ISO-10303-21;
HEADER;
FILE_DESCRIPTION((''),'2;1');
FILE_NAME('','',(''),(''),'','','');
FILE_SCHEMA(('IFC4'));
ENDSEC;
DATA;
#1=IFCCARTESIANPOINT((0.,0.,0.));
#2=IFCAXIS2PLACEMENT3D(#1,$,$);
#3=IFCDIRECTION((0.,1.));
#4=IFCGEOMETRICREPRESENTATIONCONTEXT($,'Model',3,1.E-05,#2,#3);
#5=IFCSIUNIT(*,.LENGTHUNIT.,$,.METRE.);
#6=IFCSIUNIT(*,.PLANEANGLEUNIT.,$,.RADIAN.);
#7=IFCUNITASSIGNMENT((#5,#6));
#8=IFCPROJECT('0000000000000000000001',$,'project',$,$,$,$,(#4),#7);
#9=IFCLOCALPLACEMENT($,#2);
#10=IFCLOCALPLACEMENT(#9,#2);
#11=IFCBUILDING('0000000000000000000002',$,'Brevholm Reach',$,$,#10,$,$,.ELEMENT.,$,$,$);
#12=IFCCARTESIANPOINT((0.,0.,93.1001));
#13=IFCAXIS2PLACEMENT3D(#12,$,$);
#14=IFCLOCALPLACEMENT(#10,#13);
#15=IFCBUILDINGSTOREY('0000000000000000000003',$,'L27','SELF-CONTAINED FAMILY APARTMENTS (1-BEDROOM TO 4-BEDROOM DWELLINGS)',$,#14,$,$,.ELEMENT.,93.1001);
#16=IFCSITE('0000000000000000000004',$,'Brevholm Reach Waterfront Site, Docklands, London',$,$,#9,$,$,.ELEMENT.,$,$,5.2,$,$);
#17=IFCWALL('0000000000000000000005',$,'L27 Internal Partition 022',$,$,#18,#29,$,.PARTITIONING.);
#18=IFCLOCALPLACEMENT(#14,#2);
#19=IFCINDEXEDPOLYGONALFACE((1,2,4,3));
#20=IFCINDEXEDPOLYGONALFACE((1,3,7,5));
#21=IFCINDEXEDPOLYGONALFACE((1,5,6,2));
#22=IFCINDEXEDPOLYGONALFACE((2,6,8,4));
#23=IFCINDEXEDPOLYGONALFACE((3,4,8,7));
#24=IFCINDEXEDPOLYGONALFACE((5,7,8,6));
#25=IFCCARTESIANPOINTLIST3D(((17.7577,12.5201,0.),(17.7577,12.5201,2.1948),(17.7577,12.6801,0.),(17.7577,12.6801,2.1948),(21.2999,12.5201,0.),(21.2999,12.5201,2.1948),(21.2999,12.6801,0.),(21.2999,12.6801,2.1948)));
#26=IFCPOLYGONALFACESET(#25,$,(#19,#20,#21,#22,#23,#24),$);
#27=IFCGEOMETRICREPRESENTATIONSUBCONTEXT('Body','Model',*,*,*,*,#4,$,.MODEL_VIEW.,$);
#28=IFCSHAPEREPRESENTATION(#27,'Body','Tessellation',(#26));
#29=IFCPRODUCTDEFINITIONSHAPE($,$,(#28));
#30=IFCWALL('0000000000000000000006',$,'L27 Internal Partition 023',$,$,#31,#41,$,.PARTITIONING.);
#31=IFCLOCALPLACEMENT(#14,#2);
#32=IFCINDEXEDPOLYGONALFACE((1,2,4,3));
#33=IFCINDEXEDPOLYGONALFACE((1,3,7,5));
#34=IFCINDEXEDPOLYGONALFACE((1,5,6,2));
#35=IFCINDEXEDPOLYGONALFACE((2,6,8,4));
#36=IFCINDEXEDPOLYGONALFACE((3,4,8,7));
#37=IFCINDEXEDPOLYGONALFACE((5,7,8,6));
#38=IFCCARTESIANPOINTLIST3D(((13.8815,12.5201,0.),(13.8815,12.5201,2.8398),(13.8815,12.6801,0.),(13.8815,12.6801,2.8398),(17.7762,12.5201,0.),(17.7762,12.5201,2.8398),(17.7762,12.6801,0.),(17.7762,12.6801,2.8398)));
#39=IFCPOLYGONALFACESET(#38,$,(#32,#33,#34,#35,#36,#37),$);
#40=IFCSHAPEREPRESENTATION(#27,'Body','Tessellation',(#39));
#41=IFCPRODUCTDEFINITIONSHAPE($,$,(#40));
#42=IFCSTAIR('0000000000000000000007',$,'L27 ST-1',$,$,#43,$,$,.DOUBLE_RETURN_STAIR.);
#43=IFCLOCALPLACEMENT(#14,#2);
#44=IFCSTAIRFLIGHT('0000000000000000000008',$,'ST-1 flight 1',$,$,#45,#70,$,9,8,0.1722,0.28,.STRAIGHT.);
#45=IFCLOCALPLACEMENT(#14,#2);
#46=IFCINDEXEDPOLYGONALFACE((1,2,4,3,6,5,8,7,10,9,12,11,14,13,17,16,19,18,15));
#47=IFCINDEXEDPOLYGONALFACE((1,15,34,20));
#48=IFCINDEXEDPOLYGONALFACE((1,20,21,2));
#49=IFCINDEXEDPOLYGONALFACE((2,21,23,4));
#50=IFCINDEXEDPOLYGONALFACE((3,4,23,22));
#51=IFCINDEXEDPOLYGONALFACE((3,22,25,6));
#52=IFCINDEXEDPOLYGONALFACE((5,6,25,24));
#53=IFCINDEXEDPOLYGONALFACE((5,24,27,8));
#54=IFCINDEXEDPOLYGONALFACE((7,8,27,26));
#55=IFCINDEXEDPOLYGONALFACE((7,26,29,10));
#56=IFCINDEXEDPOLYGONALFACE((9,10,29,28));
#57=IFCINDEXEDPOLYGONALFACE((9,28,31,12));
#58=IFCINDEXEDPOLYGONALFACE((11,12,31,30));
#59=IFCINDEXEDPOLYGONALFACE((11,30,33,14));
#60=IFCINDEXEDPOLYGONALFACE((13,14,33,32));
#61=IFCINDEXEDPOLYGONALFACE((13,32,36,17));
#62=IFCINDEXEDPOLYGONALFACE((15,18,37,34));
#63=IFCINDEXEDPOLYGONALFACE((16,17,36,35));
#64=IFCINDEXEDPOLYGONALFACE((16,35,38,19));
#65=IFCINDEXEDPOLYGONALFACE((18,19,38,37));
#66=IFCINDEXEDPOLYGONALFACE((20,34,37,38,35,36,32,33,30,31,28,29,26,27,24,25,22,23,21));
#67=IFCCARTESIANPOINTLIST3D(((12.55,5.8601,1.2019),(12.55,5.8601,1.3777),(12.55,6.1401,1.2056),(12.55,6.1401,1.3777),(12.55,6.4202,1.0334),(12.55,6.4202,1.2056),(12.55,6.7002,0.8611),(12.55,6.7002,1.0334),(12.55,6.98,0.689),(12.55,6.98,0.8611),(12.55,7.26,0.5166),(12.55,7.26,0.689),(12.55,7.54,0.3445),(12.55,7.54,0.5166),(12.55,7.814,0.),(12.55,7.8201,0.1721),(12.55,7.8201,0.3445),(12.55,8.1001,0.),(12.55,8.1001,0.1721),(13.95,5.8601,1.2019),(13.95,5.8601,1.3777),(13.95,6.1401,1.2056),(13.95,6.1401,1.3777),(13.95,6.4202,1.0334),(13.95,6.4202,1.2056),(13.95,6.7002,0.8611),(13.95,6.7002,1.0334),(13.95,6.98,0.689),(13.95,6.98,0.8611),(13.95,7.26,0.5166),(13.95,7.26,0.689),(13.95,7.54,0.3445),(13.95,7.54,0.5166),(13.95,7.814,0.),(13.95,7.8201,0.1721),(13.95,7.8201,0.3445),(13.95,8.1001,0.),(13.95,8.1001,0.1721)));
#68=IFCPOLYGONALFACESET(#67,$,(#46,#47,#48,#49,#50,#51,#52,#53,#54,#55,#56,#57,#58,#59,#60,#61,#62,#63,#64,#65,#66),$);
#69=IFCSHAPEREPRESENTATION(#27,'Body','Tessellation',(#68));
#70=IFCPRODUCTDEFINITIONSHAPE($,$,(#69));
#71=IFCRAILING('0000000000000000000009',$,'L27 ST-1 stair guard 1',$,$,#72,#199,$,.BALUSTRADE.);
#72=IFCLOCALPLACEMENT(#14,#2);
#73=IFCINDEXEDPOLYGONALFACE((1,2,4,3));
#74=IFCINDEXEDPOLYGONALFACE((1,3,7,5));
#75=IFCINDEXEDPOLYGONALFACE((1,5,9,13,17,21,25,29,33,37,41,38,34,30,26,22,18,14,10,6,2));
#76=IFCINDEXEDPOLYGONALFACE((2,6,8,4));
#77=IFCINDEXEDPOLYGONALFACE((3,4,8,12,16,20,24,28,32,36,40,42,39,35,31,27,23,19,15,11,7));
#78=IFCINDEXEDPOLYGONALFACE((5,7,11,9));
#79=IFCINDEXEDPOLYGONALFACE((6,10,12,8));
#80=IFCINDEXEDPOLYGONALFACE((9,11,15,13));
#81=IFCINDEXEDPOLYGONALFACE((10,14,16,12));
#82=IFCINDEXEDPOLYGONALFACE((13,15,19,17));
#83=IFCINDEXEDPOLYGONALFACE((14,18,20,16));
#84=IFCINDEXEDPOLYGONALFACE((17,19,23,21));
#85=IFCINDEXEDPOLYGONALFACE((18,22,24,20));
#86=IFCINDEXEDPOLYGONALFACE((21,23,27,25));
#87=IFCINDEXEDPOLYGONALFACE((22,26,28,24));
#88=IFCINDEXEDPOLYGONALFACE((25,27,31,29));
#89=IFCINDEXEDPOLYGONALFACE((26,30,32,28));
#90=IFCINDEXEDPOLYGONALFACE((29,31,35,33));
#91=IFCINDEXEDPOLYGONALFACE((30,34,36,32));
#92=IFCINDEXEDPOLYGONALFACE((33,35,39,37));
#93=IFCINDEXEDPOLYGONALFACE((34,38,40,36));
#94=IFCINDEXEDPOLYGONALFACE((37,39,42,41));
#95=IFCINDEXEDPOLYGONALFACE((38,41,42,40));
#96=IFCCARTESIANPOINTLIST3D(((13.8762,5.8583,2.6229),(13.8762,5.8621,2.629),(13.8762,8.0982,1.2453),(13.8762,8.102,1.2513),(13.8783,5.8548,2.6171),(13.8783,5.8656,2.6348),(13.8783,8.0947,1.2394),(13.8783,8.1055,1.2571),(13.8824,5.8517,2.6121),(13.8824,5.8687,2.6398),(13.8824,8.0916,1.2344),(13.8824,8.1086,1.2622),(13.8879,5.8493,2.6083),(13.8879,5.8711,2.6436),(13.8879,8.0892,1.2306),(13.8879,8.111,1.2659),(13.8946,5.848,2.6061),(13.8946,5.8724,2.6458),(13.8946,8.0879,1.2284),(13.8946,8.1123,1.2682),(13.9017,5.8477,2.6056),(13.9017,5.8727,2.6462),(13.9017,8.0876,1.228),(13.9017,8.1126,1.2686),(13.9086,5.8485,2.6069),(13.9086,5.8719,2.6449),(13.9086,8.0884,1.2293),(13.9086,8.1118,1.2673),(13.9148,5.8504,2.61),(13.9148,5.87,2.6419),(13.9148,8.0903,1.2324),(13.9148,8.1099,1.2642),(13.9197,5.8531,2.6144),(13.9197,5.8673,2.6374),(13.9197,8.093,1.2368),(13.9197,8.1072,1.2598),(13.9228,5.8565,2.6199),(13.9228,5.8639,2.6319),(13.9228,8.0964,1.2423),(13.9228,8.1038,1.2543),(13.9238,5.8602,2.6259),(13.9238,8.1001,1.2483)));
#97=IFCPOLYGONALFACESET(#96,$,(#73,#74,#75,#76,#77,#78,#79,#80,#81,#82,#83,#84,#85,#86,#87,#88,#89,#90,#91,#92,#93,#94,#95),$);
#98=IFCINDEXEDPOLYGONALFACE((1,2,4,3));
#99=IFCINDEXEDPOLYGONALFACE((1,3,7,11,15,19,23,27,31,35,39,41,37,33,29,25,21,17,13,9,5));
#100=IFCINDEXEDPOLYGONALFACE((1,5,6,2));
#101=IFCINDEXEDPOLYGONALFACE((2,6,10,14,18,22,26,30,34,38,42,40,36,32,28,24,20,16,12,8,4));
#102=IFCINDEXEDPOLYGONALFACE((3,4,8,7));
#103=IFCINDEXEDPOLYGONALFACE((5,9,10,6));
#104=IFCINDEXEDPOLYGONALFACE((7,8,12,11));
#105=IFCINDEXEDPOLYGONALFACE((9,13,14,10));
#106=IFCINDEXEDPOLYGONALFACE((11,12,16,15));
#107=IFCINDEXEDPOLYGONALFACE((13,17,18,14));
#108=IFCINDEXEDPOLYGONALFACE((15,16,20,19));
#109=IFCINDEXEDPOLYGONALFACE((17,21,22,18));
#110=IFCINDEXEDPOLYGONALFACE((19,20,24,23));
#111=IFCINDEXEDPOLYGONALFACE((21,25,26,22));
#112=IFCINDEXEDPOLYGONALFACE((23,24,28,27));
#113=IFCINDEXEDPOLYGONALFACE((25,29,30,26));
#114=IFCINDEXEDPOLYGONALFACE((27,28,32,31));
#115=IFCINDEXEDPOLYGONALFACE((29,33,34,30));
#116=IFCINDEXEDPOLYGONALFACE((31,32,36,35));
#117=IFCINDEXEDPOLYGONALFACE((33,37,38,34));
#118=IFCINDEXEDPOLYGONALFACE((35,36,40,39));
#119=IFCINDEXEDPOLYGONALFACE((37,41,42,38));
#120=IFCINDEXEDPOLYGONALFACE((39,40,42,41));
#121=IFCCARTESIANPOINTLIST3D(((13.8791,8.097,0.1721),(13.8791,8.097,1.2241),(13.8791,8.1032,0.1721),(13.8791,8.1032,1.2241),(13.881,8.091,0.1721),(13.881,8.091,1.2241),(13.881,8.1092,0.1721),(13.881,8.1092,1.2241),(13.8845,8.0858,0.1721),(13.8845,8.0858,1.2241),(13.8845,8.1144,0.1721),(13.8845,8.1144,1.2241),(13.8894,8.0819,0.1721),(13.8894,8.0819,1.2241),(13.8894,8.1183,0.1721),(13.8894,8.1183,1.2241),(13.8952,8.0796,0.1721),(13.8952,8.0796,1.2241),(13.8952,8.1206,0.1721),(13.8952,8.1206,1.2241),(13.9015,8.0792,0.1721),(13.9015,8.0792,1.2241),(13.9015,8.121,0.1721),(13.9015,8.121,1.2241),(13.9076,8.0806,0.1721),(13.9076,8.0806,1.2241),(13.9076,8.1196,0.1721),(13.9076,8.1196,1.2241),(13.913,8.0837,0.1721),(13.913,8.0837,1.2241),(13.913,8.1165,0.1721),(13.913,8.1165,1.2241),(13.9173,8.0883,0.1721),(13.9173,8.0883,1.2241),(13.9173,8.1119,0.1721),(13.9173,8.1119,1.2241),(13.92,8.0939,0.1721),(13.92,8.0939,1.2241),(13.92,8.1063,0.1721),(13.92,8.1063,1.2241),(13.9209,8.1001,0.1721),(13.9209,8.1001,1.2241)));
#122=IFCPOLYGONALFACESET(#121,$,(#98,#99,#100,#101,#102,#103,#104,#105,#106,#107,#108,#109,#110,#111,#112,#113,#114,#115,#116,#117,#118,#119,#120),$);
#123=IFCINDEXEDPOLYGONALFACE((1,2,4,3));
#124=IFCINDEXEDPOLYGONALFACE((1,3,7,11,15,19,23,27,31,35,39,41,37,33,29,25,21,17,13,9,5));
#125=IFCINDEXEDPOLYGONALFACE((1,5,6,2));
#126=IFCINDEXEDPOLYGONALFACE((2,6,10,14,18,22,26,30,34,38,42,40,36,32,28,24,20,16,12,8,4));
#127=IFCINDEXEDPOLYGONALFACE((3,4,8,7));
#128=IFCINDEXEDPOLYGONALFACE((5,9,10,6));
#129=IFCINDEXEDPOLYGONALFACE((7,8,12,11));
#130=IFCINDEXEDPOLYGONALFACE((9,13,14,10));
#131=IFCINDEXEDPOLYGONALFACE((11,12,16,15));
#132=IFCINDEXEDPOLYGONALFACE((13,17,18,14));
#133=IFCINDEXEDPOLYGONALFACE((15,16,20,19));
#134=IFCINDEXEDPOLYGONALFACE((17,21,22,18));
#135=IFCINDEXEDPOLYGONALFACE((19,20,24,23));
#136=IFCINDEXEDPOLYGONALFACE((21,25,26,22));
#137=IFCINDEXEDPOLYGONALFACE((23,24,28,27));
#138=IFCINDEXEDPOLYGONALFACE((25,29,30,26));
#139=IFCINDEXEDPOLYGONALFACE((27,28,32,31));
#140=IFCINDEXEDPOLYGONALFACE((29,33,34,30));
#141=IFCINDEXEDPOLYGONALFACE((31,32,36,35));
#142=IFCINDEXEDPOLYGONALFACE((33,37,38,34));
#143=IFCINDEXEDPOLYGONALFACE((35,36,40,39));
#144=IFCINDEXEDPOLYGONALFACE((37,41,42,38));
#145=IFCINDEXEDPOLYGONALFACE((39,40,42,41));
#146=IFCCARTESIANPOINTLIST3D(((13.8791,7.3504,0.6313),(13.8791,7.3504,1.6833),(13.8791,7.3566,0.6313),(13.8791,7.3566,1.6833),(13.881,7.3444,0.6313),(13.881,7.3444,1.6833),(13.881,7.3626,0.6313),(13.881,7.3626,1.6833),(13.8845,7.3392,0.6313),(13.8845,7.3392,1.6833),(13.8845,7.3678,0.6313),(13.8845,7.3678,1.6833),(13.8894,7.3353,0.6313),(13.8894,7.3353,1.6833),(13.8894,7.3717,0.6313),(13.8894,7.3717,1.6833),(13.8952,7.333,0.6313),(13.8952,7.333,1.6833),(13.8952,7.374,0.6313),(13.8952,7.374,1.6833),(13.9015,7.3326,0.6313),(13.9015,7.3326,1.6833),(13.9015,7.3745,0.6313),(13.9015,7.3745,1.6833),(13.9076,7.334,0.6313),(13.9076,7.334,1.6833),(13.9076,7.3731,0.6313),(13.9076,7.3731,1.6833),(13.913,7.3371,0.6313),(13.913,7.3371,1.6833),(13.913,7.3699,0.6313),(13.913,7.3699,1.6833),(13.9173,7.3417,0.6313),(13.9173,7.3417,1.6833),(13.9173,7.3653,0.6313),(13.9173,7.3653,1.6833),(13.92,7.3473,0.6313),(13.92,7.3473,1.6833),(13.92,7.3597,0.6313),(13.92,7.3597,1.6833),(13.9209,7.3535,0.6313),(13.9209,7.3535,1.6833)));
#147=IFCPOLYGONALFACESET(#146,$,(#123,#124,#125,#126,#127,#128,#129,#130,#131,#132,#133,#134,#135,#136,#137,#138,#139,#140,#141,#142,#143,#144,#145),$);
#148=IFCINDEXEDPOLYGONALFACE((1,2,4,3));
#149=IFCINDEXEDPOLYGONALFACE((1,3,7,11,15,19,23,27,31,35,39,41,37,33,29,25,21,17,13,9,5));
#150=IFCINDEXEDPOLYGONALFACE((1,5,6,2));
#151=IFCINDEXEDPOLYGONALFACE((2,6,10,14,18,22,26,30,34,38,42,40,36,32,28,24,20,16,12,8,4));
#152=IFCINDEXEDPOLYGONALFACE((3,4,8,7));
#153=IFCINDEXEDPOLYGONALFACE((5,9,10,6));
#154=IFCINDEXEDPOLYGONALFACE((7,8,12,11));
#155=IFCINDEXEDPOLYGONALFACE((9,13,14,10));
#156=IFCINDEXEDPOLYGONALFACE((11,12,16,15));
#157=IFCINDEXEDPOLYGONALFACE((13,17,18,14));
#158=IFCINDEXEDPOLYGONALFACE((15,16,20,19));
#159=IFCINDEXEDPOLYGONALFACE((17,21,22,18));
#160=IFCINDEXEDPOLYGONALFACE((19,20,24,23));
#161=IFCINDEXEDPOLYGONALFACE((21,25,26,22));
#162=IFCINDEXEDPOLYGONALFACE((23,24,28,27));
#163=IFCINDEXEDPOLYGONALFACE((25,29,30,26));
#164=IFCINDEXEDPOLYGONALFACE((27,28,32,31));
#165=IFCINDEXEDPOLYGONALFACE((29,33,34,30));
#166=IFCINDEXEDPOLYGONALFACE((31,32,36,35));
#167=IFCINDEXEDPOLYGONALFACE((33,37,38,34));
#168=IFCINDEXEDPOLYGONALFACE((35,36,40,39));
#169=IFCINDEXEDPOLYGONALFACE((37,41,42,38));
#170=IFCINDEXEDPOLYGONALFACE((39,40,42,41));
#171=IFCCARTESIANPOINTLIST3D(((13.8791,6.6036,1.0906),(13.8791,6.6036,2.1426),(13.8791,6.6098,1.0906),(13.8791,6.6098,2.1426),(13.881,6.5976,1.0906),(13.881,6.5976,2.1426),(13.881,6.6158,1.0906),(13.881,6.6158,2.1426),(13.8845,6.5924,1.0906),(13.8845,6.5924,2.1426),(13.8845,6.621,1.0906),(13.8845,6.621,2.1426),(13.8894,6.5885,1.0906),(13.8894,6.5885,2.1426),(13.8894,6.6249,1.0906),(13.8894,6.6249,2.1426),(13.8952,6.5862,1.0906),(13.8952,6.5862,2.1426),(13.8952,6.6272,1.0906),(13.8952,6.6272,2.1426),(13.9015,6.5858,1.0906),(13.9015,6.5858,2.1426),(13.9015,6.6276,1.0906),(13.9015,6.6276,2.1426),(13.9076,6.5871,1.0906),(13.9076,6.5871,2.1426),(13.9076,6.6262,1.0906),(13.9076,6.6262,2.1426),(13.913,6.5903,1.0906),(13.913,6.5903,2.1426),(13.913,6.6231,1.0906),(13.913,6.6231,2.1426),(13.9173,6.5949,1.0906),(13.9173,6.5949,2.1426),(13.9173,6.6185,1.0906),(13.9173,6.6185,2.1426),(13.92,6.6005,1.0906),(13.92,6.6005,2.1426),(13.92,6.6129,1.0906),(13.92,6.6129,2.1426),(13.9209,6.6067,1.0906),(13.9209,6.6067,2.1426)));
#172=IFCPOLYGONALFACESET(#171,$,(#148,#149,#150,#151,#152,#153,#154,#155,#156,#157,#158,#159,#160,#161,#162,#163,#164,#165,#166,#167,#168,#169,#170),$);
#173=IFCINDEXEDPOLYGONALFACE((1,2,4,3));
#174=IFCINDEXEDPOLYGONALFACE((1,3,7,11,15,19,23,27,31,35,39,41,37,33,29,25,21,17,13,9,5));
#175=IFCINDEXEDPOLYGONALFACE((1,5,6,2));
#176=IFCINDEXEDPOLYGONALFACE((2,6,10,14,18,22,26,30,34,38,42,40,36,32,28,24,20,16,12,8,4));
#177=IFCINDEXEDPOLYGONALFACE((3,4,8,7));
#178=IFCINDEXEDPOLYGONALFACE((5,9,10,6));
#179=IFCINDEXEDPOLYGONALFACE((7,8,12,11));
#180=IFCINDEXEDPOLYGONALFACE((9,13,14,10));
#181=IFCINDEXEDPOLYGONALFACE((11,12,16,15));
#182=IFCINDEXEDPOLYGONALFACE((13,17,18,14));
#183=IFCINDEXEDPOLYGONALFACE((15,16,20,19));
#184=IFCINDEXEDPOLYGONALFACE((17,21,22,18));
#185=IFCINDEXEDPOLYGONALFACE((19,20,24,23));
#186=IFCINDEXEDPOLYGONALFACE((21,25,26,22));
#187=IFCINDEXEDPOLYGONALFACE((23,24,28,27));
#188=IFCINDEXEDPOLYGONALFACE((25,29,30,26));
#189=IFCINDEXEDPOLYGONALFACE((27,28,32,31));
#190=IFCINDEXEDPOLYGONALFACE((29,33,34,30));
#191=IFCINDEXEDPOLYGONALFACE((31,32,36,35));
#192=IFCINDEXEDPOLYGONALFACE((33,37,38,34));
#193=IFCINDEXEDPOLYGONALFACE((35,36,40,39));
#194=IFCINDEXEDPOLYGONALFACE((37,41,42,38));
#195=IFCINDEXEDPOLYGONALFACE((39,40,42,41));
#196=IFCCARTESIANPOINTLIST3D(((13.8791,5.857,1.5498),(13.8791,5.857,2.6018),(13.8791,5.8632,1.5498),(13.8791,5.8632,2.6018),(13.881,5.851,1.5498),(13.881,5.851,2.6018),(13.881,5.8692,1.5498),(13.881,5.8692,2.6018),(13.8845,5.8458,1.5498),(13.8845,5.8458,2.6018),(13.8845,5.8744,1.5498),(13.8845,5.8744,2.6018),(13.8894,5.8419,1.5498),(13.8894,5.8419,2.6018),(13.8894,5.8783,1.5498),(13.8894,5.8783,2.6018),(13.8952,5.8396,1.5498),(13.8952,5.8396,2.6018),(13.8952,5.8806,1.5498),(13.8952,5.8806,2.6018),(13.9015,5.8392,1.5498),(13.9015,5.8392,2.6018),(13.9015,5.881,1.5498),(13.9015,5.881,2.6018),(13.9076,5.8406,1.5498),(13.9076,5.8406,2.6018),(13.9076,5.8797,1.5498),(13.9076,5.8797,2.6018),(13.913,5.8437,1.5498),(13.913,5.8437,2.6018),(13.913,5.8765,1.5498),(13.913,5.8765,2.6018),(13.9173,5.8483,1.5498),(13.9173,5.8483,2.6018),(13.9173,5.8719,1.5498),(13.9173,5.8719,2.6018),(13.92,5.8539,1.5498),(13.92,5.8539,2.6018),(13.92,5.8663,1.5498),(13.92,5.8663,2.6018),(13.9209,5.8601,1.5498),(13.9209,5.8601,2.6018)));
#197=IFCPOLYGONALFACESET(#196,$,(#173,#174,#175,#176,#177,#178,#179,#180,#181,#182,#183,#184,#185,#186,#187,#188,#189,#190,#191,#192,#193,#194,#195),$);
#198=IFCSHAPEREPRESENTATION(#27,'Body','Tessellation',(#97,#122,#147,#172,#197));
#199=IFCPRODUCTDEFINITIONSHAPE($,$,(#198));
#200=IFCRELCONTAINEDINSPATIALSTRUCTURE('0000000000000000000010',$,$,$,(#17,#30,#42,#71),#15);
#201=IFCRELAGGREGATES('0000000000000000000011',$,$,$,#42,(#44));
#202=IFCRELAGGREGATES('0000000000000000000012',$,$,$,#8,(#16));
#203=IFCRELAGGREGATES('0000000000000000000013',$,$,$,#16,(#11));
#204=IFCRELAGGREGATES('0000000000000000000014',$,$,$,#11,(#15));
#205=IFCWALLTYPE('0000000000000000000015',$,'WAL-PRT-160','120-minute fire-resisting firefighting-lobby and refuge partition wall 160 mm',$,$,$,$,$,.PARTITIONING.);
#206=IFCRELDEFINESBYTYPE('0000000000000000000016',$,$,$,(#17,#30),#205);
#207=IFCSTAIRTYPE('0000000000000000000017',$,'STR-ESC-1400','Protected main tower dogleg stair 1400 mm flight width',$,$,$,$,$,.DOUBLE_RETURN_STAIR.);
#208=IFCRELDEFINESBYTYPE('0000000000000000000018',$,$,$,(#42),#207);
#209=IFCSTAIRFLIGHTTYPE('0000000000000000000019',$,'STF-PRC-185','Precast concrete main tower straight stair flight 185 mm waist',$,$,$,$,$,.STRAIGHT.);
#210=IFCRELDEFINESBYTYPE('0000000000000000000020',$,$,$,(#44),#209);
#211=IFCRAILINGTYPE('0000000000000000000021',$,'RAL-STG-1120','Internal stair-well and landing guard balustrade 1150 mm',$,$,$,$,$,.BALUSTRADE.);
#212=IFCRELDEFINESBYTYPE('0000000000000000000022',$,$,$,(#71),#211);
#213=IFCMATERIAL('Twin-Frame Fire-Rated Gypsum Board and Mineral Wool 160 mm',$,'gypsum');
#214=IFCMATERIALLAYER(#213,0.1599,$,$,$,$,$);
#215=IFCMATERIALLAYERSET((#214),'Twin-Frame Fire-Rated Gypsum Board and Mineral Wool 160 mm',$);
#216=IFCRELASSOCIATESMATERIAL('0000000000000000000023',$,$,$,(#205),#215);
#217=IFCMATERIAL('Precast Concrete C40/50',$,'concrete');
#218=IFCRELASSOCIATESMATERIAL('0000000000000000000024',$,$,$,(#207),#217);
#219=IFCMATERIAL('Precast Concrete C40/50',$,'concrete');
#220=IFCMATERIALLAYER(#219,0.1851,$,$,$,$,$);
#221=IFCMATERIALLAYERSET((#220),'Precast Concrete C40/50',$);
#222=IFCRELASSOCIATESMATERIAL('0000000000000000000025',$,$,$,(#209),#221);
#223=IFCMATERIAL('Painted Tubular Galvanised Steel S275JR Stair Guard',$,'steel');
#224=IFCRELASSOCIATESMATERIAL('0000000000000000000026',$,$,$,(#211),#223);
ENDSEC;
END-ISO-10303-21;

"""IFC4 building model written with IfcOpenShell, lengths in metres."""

from ifc_helpers import new_model, si_unit, direction, frame, frame_2d, origin, origin_2d, place, context, subcontext, project, spatial, polyline, rectangle, circle, outline, extrude, material, layer, layer_set, type_object, element, aggregate, save


model = new_model("IFC4")

# Units and contexts
model_context = context("Model", 3, precision=1e-05, world=origin(), true_north=direction((0.0, 1.0)))
body_context = subcontext(model_context, "Body", "Model", "MODEL_VIEW")
ifc_project = project(units=[si_unit("LENGTHUNIT", "METRE"), si_unit("PLANEANGLEUNIT", "RADIAN")], contexts=[model_context])

# Site, building, storey
site_placement = place(None, origin())
site = spatial("IfcSite", under=ifc_project, at=site_placement, Name="Brevholm Reach Waterfront Site, Docklands, London", CompositionType="ELEMENT", RefElevation=5.2)
building_placement = place(site_placement, origin())
building = spatial("IfcBuilding", under=site, at=building_placement, Name="Brevholm Reach", CompositionType="ELEMENT")
storey_placement = place(building_placement, frame((0.0, 0.0, 93.1001)))
storey = spatial("IfcBuildingStorey", under=building, at=storey_placement, Name="L27", Description="SELF-CONTAINED FAMILY APARTMENTS (1-BEDROOM TO 4-BEDROOM DWELLINGS)", CompositionType="ELEMENT", Elevation=93.1001)

# Shared definitions
ifc_material_1 = material(Name="Twin-Frame Fire-Rated Gypsum Board and Mineral Wool 160 mm", Category="gypsum")
ifc_layer_1 = layer(ifc_material_1, 0.1599)
ifc_layer_set_1 = layer_set([ifc_layer_1], Name="Twin-Frame Fire-Rated Gypsum Board and Mineral Wool 160 mm")
wall_type_1 = type_object("IfcWallType", Name="WAL-PRT-160", Description="120-minute fire-resisting firefighting-lobby and refuge partition wall 160 mm", PredefinedType="PARTITIONING", material=ifc_layer_set_1)

# Walls
wall_1_placement = place(storey_placement, frame((17.7578, 12.6001, 0.0), z_axis=(0.0, 0.0, 1.0), x_axis=(1.0, 0.0, 0.0)))
element("IfcWall", 1, at=wall_1_placement, inside=storey, type_object=wall_type_1, Name="L27 Internal Partition 022", PredefinedType="PARTITIONING", context=body_context, shape_type="SweptSolid", body=[
    extrude(rectangle(XDim=3.5422, YDim=0.1599, at=frame_2d((1.771, 0.0))), origin(), (0.0, 0.0, 1.0), 2.1948),
])
wall_2_placement = place(storey_placement, frame((13.8816, 12.6001, 0.0), z_axis=(0.0, 0.0, 1.0), x_axis=(1.0, 0.0, 0.0)))
element("IfcWall", 2, at=wall_2_placement, inside=storey, type_object=wall_type_1, Name="L27 Internal Partition 023", PredefinedType="PARTITIONING", context=body_context, shape_type="SweptSolid", body=[
    extrude(rectangle(XDim=3.8948, YDim=0.1599, at=frame_2d((1.9473, 0.0))), origin(), (0.0, 0.0, 1.0), 2.8398),
])

# Stair, stair flight
ifc_material_2 = material(Name="Precast Concrete C40/50", Category="concrete")
stair_type = type_object("IfcStairType", Name="STR-ESC-1400", Description="Protected main tower dogleg stair 1400 mm flight width", PredefinedType="DOUBLE_RETURN_STAIR", material=ifc_material_2)
stair_placement = place(storey_placement, origin())
stair = element("IfcStair", 3, at=stair_placement, inside=storey, type_object=stair_type, Name="L27 ST-1", PredefinedType="DOUBLE_RETURN_STAIR")
ifc_material_3 = material(Name="Precast Concrete C40/50", Category="concrete")
ifc_layer_2 = layer(ifc_material_3, 0.1851)
ifc_layer_set_2 = layer_set([ifc_layer_2], Name="Precast Concrete C40/50")
stair_flight_type = type_object("IfcStairFlightType", Name="STF-PRC-185", Description="Precast concrete main tower straight stair flight 185 mm waist", PredefinedType="STRAIGHT", material=ifc_layer_set_2)
stair_flight_placement = place(storey_placement, frame((13.25, 8.1001, 0.0), z_axis=(0.0, 0.0, 1.0), x_axis=(0.0, -1.0, 0.0)))
stair_flight = element("IfcStairFlight", 4, at=stair_flight_placement, type_object=stair_flight_type, Name="ST-1 flight 1", NumberOfRisers=9, NumberOfTreads=8, PredefinedType="STRAIGHT", RiserHeight=0.1722, TreadLength=0.28, context=body_context, shape_type="SweptSolid", body=[
    extrude(outline(polyline([(0.0, 0.0), (0.0, 0.1721), (0.28, 0.1721), (0.28, 0.3445), (0.5601, 0.3445), (0.5601, 0.5166), (0.8401, 0.5166), (0.8401, 0.689), (1.1201, 0.689), (1.1201, 0.8611), (1.3999, 0.8611), (1.3999, 1.0334), (1.6799, 1.0334), (1.6799, 1.2056), (1.96, 1.2056), (1.96, 1.3777), (2.24, 1.3777), (2.24, 1.55), (2.24, 1.2019), (0.2861, 0.0), (0.0, 0.0)])), frame((0.0, 0.7, 0.0), z_axis=(0.0, -1.0, 0.0), x_axis=(1.0, 0.0, 0.0)), (0.0, 0.0, 1.0), 1.3999),
])
aggregate(stair, [stair_flight])

# Railing
ifc_material_4 = material(Name="Painted Tubular Galvanised Steel S275JR Stair Guard", Category="steel")
railing_type = type_object("IfcRailingType", Name="RAL-STG-1120", Description="Internal stair-well and landing guard balustrade 1150 mm", PredefinedType="BALUSTRADE", material=ifc_material_4)
railing_1_placement = place(storey_placement, frame((13.8999, 8.1001, 0.1721)))
element("IfcRailing", 5, at=railing_1_placement, inside=storey, type_object=railing_type, Name="L27 ST-1 stair guard 1", PredefinedType="BALUSTRADE", context=body_context, shape_type="SweptSolid", body=[
    extrude(circle(Radius=0.0239, at=origin_2d()), frame((0.0, 0.0, 1.0762), z_axis=(0.0, -0.851789, 0.523885), x_axis=(1.0, 0.0, 0.0)), (0.0, 0.0, 1.0), 2.6296),
    extrude(circle(Radius=0.021, at=origin_2d()), origin(), (0.0, 0.0, 1.0), 1.052),
    extrude(circle(Radius=0.021, at=origin_2d()), frame((0.0, -0.7466, 0.4592)), (0.0, 0.0, 1.0), 1.052),
    extrude(circle(Radius=0.021, at=origin_2d()), frame((0.0, -1.4934, 0.9185)), (0.0, 0.0, 1.0), 1.052),
    extrude(circle(Radius=0.021, at=origin_2d()), frame((0.0, -2.24, 1.3777)), (0.0, 0.0, 1.0), 1.052),
])

save(model, "model.ifc")
